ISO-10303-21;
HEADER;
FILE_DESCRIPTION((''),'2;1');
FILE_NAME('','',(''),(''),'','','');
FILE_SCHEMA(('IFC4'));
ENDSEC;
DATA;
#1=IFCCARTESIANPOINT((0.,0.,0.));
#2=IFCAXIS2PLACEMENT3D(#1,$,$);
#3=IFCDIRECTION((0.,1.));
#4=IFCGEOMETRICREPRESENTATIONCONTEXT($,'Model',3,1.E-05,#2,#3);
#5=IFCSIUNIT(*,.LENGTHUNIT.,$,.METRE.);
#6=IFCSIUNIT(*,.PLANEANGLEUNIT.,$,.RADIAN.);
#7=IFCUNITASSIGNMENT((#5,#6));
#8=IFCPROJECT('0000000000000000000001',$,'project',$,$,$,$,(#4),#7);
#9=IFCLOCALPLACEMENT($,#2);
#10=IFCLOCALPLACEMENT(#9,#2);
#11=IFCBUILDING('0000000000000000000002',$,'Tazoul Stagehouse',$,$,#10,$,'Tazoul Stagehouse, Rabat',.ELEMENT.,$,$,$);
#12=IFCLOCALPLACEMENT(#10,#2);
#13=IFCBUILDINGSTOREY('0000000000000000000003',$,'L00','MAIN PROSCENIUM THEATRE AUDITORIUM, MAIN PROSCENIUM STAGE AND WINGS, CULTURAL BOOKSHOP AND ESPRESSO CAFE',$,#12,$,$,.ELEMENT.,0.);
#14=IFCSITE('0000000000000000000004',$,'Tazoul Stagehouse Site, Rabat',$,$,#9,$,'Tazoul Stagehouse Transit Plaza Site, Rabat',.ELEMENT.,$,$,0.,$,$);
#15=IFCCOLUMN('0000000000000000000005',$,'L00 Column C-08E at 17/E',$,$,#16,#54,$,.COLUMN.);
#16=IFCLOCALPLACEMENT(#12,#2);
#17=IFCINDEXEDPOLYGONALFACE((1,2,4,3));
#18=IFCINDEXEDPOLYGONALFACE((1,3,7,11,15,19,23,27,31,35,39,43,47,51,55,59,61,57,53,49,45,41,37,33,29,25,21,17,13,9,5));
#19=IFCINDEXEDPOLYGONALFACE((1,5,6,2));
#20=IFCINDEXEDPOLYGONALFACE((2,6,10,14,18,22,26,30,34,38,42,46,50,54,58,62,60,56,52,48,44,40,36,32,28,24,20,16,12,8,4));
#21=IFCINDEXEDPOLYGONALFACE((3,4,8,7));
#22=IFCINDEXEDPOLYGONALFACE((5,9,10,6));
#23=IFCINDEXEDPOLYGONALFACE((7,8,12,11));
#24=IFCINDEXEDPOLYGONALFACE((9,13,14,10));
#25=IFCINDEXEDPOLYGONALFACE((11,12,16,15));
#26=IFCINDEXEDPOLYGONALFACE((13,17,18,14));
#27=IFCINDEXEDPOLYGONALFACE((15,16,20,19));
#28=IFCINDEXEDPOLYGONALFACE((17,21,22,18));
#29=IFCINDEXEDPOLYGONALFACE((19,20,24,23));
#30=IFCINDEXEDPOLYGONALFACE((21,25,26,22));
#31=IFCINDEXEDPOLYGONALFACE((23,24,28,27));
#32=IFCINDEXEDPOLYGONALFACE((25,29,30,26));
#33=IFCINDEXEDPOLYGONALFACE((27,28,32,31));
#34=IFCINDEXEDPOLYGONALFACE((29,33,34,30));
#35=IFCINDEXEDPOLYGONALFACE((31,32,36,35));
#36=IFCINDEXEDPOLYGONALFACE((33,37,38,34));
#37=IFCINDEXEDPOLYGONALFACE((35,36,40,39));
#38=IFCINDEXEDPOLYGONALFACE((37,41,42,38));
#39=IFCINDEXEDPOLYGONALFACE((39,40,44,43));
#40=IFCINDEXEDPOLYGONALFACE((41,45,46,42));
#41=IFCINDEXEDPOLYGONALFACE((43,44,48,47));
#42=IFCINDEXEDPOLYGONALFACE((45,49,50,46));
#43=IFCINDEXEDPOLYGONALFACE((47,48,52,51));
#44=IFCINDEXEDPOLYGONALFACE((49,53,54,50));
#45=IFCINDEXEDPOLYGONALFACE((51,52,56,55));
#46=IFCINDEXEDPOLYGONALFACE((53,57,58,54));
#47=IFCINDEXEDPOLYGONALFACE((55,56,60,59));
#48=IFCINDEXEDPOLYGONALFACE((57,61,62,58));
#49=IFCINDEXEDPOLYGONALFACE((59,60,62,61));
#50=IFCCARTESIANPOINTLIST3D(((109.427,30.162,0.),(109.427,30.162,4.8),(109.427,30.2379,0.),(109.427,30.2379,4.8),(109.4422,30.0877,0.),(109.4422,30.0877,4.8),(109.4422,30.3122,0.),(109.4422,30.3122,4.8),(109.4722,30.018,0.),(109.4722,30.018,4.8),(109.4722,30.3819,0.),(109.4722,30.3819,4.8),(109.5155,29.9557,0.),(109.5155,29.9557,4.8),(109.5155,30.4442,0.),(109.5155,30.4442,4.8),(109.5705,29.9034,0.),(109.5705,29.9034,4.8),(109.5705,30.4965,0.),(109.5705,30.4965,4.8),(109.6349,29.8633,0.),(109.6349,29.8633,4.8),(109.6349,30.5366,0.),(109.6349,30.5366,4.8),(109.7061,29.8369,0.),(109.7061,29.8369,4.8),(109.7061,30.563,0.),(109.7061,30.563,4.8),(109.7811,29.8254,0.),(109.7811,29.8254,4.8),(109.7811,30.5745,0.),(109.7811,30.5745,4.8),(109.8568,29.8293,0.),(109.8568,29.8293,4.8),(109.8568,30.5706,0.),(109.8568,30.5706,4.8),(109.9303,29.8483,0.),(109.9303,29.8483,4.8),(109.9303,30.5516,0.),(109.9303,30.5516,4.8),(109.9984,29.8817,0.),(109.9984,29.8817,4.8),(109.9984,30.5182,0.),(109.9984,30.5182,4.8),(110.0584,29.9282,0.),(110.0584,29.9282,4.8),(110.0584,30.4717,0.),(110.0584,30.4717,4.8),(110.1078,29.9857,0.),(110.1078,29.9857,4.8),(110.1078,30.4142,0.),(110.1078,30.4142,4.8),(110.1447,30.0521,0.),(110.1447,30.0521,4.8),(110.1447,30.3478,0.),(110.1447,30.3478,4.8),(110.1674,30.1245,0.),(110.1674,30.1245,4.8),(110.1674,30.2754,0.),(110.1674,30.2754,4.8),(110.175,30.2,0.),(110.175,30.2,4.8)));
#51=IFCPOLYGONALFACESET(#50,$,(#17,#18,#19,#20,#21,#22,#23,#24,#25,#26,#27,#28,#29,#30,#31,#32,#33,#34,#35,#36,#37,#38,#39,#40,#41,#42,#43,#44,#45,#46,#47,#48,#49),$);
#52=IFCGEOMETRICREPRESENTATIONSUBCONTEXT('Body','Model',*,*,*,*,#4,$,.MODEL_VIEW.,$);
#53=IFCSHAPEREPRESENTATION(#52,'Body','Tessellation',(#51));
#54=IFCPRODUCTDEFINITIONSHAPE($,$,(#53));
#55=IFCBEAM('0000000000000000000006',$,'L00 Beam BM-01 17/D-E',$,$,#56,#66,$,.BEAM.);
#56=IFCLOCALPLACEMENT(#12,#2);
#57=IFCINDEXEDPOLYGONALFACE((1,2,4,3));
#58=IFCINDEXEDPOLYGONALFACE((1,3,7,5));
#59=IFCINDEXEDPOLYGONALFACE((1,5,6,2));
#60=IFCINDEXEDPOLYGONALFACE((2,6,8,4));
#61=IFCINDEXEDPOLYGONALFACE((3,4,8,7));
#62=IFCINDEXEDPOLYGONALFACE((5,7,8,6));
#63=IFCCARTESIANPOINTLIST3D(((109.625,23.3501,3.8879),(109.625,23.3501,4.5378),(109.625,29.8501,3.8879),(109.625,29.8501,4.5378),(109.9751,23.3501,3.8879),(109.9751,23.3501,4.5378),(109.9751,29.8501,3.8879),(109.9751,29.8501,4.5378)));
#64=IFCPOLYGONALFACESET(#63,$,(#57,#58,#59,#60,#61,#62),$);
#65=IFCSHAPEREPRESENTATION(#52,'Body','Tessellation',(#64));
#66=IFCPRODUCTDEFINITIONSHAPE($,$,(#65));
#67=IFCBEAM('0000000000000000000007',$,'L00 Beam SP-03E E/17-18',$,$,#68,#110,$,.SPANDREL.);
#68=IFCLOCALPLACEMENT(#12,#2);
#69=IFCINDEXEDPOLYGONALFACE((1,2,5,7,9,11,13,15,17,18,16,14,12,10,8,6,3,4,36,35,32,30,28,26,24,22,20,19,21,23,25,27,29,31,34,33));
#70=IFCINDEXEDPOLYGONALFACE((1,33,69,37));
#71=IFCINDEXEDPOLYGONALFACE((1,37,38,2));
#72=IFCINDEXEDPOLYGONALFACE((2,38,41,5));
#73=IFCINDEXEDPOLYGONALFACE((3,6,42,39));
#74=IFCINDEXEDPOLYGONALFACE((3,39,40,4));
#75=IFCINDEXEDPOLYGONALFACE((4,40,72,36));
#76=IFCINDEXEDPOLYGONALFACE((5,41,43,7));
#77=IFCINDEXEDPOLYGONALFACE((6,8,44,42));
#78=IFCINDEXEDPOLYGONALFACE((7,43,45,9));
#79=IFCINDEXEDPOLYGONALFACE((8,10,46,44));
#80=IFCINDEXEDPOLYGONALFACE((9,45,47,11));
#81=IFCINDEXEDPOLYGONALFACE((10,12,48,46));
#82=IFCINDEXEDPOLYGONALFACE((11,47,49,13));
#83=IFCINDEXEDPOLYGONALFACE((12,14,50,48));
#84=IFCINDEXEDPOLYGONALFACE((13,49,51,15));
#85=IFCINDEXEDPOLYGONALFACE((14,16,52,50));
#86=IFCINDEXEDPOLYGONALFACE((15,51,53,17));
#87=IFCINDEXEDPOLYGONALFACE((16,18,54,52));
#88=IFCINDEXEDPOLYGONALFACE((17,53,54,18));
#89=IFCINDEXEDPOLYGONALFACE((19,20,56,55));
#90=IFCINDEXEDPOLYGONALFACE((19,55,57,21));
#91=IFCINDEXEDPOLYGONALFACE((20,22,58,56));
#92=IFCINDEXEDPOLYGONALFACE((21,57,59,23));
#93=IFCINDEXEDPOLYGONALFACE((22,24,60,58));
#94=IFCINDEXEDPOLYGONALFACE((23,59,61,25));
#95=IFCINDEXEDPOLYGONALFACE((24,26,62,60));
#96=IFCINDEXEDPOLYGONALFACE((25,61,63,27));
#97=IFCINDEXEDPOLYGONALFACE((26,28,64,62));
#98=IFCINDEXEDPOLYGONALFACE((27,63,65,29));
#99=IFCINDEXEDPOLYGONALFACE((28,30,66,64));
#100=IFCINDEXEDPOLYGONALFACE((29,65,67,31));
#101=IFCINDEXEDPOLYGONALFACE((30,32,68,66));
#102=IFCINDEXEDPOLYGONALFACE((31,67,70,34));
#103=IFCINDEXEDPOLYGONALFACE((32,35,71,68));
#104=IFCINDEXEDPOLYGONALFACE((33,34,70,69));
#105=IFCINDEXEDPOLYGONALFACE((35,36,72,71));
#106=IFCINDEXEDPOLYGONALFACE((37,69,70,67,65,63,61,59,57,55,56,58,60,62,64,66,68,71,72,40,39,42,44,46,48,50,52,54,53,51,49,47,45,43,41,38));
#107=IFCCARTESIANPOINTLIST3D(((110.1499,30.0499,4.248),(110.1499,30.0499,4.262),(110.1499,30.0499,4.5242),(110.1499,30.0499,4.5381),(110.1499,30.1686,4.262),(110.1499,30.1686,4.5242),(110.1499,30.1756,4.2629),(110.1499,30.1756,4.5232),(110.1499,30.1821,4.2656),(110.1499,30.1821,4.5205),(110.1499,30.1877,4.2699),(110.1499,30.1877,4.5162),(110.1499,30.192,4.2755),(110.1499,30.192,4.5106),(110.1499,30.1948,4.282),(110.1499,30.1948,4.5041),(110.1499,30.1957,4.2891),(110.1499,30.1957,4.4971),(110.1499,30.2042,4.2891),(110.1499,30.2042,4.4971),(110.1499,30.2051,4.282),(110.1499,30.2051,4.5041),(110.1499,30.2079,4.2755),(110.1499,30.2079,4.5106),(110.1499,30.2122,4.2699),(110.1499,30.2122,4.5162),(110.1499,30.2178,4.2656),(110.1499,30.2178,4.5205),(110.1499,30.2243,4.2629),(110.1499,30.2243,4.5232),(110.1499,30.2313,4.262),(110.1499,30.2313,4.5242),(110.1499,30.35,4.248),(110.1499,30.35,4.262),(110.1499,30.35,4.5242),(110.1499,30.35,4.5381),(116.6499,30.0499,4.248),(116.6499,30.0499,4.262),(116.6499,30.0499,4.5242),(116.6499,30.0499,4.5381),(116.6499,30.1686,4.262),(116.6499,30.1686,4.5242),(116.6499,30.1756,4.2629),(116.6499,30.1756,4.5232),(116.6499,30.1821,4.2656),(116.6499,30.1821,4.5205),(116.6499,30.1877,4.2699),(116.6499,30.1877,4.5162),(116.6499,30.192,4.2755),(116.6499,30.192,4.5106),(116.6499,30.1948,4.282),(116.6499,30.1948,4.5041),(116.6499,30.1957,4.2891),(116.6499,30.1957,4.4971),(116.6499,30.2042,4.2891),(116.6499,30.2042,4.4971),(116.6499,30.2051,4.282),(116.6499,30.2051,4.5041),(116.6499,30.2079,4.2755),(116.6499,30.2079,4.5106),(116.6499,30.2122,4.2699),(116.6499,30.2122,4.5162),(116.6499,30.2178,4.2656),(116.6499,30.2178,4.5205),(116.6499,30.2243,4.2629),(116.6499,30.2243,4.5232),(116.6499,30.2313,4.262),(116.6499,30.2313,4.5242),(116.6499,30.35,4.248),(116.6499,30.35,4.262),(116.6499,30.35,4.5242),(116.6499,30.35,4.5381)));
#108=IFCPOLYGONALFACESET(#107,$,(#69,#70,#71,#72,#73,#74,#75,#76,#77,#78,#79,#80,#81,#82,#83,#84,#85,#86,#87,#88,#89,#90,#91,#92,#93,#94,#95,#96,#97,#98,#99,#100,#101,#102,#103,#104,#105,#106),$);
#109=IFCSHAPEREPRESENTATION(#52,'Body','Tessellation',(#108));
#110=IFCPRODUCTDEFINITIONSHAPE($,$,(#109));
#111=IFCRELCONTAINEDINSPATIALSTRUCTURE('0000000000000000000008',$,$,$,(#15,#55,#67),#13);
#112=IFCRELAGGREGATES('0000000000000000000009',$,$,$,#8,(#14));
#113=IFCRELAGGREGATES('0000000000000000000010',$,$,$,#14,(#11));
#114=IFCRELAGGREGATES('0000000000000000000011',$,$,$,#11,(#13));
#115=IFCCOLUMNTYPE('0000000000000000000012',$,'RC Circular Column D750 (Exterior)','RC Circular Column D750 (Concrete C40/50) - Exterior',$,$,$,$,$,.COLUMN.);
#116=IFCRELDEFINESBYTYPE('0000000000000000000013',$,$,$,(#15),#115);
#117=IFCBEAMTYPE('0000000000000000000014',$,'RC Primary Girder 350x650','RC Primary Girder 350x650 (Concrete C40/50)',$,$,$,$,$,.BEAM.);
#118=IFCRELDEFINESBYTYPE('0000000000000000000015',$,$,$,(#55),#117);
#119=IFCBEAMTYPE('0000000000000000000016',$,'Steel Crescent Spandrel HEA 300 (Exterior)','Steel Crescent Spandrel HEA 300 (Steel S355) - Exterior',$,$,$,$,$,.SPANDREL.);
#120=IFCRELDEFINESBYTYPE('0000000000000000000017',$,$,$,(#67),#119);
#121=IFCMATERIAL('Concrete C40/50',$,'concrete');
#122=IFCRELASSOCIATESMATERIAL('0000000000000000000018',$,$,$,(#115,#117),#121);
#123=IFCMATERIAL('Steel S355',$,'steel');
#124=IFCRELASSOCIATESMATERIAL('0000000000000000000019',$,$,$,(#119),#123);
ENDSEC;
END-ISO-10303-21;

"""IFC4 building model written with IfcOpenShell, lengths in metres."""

from ifc_helpers import new_model, si_unit, direction, frame, origin, origin_2d, place, context, subcontext, project, spatial, rectangle, circle, i_section, extrude, material, material_profile, profile_set, type_object, element, save


model = new_model("IFC4")

# Units and contexts
model_context = context("Model", 3, precision=1e-05, world=origin(), true_north=direction((0.0, 1.0)))
body_context = subcontext(model_context, "Body", "Model", "MODEL_VIEW")
ifc_project = project(units=[si_unit("LENGTHUNIT", "METRE"), si_unit("PLANEANGLEUNIT", "RADIAN")], contexts=[model_context])

# Site, building, storey
site_placement = place(None, origin())
site = spatial("IfcSite", under=ifc_project, at=site_placement, Name="Tazoul Stagehouse Site, Rabat", LongName="Tazoul Stagehouse Transit Plaza Site, Rabat", CompositionType="ELEMENT", RefElevation=0.0)
building_placement = place(site_placement, origin())
building = spatial("IfcBuilding", under=site, at=building_placement, Name="Tazoul Stagehouse", LongName="Tazoul Stagehouse, Rabat", CompositionType="ELEMENT")
storey_placement = place(building_placement, origin())
storey = spatial("IfcBuildingStorey", under=building, at=storey_placement, Name="L00", Description="MAIN PROSCENIUM THEATRE AUDITORIUM, MAIN PROSCENIUM STAGE AND WINGS, CULTURAL BOOKSHOP AND ESPRESSO CAFE", CompositionType="ELEMENT", Elevation=0.0)

# Column
ifc_material_1 = material(Name="Concrete C40/50", Category="concrete")
ifc_material_profile_1 = material_profile(ifc_material_1, circle(Radius=0.375, at=origin_2d()), Name="RC D750")
ifc_profile_set_1 = profile_set([ifc_material_profile_1], Name="Concrete C40/50")
column_type = type_object("IfcColumnType", Name="RC Circular Column D750 (Exterior)", Description="RC Circular Column D750 (Concrete C40/50) - Exterior", PredefinedType="COLUMN", material=ifc_profile_set_1)
column_placement = place(storey_placement, frame((109.8, 30.2, 0.0), z_axis=(0.0, 0.0, 1.0), x_axis=(1.0, 0.0, 0.0)))
element("IfcColumn", 1, at=column_placement, inside=storey, type_object=column_type, Name="L00 Column C-08E at 17/E", PredefinedType="COLUMN", context=body_context, shape_type="SweptSolid", body=[
    extrude(circle(Radius=0.375, at=origin_2d()), origin(), (0.0, 0.0, 1.0), 4.8),
])

# Beams
ifc_material_profile_2 = material_profile(ifc_material_1, rectangle(XDim=0.3501, YDim=0.6499, at=origin_2d()), Name="RC 350x650")
ifc_profile_set_2 = profile_set([ifc_material_profile_2], Name="Concrete C40/50")
beam_type_1 = type_object("IfcBeamType", Name="RC Primary Girder 350x650", Description="RC Primary Girder 350x650 (Concrete C40/50)", PredefinedType="BEAM", material=ifc_profile_set_2)
beam_1_placement = place(storey_placement, frame((109.8, 23.3501, 4.2129), z_axis=(0.0, 1.0, 0.0), x_axis=(-1.0, 0.0, 0.0)))
element("IfcBeam", 2, at=beam_1_placement, inside=storey, type_object=beam_type_1, Name="L00 Beam BM-01 17/D-E", PredefinedType="BEAM", context=body_context, shape_type="SweptSolid", body=[
    extrude(rectangle(XDim=0.3501, YDim=0.6499, at=origin_2d()), origin(), (0.0, 0.0, 1.0), 6.5),
])
ifc_material_2 = material(Name="Steel S355", Category="steel")
ifc_material_profile_3 = material_profile(ifc_material_2, i_section(OverallWidth=0.3, OverallDepth=0.29, WebThickness=0.0085, FlangeThickness=0.0139, FilletRadius=0.0271, at=origin_2d()), Name="HEA 300")
ifc_profile_set_3 = profile_set([ifc_material_profile_3], Name="Steel S355")
beam_type_2 = type_object("IfcBeamType", Name="Steel Crescent Spandrel HEA 300 (Exterior)", Description="Steel Crescent Spandrel HEA 300 (Steel S355) - Exterior", PredefinedType="SPANDREL", material=ifc_profile_set_3)
beam_2_placement = place(storey_placement, frame((110.1499, 30.2, 4.3931), z_axis=(1.0, 0.0, 0.0), x_axis=(0.0, 1.0, 0.0)))
element("IfcBeam", 3, at=beam_2_placement, inside=storey, type_object=beam_type_2, Name="L00 Beam SP-03E E/17-18", PredefinedType="SPANDREL", context=body_context, shape_type="SweptSolid", body=[
    extrude(i_section(OverallWidth=0.3, OverallDepth=0.29, WebThickness=0.0085, FlangeThickness=0.0139, FilletRadius=0.0271, at=origin_2d()), origin(), (0.0, 0.0, 1.0), 6.5),
])

save(model, "model.ifc")
